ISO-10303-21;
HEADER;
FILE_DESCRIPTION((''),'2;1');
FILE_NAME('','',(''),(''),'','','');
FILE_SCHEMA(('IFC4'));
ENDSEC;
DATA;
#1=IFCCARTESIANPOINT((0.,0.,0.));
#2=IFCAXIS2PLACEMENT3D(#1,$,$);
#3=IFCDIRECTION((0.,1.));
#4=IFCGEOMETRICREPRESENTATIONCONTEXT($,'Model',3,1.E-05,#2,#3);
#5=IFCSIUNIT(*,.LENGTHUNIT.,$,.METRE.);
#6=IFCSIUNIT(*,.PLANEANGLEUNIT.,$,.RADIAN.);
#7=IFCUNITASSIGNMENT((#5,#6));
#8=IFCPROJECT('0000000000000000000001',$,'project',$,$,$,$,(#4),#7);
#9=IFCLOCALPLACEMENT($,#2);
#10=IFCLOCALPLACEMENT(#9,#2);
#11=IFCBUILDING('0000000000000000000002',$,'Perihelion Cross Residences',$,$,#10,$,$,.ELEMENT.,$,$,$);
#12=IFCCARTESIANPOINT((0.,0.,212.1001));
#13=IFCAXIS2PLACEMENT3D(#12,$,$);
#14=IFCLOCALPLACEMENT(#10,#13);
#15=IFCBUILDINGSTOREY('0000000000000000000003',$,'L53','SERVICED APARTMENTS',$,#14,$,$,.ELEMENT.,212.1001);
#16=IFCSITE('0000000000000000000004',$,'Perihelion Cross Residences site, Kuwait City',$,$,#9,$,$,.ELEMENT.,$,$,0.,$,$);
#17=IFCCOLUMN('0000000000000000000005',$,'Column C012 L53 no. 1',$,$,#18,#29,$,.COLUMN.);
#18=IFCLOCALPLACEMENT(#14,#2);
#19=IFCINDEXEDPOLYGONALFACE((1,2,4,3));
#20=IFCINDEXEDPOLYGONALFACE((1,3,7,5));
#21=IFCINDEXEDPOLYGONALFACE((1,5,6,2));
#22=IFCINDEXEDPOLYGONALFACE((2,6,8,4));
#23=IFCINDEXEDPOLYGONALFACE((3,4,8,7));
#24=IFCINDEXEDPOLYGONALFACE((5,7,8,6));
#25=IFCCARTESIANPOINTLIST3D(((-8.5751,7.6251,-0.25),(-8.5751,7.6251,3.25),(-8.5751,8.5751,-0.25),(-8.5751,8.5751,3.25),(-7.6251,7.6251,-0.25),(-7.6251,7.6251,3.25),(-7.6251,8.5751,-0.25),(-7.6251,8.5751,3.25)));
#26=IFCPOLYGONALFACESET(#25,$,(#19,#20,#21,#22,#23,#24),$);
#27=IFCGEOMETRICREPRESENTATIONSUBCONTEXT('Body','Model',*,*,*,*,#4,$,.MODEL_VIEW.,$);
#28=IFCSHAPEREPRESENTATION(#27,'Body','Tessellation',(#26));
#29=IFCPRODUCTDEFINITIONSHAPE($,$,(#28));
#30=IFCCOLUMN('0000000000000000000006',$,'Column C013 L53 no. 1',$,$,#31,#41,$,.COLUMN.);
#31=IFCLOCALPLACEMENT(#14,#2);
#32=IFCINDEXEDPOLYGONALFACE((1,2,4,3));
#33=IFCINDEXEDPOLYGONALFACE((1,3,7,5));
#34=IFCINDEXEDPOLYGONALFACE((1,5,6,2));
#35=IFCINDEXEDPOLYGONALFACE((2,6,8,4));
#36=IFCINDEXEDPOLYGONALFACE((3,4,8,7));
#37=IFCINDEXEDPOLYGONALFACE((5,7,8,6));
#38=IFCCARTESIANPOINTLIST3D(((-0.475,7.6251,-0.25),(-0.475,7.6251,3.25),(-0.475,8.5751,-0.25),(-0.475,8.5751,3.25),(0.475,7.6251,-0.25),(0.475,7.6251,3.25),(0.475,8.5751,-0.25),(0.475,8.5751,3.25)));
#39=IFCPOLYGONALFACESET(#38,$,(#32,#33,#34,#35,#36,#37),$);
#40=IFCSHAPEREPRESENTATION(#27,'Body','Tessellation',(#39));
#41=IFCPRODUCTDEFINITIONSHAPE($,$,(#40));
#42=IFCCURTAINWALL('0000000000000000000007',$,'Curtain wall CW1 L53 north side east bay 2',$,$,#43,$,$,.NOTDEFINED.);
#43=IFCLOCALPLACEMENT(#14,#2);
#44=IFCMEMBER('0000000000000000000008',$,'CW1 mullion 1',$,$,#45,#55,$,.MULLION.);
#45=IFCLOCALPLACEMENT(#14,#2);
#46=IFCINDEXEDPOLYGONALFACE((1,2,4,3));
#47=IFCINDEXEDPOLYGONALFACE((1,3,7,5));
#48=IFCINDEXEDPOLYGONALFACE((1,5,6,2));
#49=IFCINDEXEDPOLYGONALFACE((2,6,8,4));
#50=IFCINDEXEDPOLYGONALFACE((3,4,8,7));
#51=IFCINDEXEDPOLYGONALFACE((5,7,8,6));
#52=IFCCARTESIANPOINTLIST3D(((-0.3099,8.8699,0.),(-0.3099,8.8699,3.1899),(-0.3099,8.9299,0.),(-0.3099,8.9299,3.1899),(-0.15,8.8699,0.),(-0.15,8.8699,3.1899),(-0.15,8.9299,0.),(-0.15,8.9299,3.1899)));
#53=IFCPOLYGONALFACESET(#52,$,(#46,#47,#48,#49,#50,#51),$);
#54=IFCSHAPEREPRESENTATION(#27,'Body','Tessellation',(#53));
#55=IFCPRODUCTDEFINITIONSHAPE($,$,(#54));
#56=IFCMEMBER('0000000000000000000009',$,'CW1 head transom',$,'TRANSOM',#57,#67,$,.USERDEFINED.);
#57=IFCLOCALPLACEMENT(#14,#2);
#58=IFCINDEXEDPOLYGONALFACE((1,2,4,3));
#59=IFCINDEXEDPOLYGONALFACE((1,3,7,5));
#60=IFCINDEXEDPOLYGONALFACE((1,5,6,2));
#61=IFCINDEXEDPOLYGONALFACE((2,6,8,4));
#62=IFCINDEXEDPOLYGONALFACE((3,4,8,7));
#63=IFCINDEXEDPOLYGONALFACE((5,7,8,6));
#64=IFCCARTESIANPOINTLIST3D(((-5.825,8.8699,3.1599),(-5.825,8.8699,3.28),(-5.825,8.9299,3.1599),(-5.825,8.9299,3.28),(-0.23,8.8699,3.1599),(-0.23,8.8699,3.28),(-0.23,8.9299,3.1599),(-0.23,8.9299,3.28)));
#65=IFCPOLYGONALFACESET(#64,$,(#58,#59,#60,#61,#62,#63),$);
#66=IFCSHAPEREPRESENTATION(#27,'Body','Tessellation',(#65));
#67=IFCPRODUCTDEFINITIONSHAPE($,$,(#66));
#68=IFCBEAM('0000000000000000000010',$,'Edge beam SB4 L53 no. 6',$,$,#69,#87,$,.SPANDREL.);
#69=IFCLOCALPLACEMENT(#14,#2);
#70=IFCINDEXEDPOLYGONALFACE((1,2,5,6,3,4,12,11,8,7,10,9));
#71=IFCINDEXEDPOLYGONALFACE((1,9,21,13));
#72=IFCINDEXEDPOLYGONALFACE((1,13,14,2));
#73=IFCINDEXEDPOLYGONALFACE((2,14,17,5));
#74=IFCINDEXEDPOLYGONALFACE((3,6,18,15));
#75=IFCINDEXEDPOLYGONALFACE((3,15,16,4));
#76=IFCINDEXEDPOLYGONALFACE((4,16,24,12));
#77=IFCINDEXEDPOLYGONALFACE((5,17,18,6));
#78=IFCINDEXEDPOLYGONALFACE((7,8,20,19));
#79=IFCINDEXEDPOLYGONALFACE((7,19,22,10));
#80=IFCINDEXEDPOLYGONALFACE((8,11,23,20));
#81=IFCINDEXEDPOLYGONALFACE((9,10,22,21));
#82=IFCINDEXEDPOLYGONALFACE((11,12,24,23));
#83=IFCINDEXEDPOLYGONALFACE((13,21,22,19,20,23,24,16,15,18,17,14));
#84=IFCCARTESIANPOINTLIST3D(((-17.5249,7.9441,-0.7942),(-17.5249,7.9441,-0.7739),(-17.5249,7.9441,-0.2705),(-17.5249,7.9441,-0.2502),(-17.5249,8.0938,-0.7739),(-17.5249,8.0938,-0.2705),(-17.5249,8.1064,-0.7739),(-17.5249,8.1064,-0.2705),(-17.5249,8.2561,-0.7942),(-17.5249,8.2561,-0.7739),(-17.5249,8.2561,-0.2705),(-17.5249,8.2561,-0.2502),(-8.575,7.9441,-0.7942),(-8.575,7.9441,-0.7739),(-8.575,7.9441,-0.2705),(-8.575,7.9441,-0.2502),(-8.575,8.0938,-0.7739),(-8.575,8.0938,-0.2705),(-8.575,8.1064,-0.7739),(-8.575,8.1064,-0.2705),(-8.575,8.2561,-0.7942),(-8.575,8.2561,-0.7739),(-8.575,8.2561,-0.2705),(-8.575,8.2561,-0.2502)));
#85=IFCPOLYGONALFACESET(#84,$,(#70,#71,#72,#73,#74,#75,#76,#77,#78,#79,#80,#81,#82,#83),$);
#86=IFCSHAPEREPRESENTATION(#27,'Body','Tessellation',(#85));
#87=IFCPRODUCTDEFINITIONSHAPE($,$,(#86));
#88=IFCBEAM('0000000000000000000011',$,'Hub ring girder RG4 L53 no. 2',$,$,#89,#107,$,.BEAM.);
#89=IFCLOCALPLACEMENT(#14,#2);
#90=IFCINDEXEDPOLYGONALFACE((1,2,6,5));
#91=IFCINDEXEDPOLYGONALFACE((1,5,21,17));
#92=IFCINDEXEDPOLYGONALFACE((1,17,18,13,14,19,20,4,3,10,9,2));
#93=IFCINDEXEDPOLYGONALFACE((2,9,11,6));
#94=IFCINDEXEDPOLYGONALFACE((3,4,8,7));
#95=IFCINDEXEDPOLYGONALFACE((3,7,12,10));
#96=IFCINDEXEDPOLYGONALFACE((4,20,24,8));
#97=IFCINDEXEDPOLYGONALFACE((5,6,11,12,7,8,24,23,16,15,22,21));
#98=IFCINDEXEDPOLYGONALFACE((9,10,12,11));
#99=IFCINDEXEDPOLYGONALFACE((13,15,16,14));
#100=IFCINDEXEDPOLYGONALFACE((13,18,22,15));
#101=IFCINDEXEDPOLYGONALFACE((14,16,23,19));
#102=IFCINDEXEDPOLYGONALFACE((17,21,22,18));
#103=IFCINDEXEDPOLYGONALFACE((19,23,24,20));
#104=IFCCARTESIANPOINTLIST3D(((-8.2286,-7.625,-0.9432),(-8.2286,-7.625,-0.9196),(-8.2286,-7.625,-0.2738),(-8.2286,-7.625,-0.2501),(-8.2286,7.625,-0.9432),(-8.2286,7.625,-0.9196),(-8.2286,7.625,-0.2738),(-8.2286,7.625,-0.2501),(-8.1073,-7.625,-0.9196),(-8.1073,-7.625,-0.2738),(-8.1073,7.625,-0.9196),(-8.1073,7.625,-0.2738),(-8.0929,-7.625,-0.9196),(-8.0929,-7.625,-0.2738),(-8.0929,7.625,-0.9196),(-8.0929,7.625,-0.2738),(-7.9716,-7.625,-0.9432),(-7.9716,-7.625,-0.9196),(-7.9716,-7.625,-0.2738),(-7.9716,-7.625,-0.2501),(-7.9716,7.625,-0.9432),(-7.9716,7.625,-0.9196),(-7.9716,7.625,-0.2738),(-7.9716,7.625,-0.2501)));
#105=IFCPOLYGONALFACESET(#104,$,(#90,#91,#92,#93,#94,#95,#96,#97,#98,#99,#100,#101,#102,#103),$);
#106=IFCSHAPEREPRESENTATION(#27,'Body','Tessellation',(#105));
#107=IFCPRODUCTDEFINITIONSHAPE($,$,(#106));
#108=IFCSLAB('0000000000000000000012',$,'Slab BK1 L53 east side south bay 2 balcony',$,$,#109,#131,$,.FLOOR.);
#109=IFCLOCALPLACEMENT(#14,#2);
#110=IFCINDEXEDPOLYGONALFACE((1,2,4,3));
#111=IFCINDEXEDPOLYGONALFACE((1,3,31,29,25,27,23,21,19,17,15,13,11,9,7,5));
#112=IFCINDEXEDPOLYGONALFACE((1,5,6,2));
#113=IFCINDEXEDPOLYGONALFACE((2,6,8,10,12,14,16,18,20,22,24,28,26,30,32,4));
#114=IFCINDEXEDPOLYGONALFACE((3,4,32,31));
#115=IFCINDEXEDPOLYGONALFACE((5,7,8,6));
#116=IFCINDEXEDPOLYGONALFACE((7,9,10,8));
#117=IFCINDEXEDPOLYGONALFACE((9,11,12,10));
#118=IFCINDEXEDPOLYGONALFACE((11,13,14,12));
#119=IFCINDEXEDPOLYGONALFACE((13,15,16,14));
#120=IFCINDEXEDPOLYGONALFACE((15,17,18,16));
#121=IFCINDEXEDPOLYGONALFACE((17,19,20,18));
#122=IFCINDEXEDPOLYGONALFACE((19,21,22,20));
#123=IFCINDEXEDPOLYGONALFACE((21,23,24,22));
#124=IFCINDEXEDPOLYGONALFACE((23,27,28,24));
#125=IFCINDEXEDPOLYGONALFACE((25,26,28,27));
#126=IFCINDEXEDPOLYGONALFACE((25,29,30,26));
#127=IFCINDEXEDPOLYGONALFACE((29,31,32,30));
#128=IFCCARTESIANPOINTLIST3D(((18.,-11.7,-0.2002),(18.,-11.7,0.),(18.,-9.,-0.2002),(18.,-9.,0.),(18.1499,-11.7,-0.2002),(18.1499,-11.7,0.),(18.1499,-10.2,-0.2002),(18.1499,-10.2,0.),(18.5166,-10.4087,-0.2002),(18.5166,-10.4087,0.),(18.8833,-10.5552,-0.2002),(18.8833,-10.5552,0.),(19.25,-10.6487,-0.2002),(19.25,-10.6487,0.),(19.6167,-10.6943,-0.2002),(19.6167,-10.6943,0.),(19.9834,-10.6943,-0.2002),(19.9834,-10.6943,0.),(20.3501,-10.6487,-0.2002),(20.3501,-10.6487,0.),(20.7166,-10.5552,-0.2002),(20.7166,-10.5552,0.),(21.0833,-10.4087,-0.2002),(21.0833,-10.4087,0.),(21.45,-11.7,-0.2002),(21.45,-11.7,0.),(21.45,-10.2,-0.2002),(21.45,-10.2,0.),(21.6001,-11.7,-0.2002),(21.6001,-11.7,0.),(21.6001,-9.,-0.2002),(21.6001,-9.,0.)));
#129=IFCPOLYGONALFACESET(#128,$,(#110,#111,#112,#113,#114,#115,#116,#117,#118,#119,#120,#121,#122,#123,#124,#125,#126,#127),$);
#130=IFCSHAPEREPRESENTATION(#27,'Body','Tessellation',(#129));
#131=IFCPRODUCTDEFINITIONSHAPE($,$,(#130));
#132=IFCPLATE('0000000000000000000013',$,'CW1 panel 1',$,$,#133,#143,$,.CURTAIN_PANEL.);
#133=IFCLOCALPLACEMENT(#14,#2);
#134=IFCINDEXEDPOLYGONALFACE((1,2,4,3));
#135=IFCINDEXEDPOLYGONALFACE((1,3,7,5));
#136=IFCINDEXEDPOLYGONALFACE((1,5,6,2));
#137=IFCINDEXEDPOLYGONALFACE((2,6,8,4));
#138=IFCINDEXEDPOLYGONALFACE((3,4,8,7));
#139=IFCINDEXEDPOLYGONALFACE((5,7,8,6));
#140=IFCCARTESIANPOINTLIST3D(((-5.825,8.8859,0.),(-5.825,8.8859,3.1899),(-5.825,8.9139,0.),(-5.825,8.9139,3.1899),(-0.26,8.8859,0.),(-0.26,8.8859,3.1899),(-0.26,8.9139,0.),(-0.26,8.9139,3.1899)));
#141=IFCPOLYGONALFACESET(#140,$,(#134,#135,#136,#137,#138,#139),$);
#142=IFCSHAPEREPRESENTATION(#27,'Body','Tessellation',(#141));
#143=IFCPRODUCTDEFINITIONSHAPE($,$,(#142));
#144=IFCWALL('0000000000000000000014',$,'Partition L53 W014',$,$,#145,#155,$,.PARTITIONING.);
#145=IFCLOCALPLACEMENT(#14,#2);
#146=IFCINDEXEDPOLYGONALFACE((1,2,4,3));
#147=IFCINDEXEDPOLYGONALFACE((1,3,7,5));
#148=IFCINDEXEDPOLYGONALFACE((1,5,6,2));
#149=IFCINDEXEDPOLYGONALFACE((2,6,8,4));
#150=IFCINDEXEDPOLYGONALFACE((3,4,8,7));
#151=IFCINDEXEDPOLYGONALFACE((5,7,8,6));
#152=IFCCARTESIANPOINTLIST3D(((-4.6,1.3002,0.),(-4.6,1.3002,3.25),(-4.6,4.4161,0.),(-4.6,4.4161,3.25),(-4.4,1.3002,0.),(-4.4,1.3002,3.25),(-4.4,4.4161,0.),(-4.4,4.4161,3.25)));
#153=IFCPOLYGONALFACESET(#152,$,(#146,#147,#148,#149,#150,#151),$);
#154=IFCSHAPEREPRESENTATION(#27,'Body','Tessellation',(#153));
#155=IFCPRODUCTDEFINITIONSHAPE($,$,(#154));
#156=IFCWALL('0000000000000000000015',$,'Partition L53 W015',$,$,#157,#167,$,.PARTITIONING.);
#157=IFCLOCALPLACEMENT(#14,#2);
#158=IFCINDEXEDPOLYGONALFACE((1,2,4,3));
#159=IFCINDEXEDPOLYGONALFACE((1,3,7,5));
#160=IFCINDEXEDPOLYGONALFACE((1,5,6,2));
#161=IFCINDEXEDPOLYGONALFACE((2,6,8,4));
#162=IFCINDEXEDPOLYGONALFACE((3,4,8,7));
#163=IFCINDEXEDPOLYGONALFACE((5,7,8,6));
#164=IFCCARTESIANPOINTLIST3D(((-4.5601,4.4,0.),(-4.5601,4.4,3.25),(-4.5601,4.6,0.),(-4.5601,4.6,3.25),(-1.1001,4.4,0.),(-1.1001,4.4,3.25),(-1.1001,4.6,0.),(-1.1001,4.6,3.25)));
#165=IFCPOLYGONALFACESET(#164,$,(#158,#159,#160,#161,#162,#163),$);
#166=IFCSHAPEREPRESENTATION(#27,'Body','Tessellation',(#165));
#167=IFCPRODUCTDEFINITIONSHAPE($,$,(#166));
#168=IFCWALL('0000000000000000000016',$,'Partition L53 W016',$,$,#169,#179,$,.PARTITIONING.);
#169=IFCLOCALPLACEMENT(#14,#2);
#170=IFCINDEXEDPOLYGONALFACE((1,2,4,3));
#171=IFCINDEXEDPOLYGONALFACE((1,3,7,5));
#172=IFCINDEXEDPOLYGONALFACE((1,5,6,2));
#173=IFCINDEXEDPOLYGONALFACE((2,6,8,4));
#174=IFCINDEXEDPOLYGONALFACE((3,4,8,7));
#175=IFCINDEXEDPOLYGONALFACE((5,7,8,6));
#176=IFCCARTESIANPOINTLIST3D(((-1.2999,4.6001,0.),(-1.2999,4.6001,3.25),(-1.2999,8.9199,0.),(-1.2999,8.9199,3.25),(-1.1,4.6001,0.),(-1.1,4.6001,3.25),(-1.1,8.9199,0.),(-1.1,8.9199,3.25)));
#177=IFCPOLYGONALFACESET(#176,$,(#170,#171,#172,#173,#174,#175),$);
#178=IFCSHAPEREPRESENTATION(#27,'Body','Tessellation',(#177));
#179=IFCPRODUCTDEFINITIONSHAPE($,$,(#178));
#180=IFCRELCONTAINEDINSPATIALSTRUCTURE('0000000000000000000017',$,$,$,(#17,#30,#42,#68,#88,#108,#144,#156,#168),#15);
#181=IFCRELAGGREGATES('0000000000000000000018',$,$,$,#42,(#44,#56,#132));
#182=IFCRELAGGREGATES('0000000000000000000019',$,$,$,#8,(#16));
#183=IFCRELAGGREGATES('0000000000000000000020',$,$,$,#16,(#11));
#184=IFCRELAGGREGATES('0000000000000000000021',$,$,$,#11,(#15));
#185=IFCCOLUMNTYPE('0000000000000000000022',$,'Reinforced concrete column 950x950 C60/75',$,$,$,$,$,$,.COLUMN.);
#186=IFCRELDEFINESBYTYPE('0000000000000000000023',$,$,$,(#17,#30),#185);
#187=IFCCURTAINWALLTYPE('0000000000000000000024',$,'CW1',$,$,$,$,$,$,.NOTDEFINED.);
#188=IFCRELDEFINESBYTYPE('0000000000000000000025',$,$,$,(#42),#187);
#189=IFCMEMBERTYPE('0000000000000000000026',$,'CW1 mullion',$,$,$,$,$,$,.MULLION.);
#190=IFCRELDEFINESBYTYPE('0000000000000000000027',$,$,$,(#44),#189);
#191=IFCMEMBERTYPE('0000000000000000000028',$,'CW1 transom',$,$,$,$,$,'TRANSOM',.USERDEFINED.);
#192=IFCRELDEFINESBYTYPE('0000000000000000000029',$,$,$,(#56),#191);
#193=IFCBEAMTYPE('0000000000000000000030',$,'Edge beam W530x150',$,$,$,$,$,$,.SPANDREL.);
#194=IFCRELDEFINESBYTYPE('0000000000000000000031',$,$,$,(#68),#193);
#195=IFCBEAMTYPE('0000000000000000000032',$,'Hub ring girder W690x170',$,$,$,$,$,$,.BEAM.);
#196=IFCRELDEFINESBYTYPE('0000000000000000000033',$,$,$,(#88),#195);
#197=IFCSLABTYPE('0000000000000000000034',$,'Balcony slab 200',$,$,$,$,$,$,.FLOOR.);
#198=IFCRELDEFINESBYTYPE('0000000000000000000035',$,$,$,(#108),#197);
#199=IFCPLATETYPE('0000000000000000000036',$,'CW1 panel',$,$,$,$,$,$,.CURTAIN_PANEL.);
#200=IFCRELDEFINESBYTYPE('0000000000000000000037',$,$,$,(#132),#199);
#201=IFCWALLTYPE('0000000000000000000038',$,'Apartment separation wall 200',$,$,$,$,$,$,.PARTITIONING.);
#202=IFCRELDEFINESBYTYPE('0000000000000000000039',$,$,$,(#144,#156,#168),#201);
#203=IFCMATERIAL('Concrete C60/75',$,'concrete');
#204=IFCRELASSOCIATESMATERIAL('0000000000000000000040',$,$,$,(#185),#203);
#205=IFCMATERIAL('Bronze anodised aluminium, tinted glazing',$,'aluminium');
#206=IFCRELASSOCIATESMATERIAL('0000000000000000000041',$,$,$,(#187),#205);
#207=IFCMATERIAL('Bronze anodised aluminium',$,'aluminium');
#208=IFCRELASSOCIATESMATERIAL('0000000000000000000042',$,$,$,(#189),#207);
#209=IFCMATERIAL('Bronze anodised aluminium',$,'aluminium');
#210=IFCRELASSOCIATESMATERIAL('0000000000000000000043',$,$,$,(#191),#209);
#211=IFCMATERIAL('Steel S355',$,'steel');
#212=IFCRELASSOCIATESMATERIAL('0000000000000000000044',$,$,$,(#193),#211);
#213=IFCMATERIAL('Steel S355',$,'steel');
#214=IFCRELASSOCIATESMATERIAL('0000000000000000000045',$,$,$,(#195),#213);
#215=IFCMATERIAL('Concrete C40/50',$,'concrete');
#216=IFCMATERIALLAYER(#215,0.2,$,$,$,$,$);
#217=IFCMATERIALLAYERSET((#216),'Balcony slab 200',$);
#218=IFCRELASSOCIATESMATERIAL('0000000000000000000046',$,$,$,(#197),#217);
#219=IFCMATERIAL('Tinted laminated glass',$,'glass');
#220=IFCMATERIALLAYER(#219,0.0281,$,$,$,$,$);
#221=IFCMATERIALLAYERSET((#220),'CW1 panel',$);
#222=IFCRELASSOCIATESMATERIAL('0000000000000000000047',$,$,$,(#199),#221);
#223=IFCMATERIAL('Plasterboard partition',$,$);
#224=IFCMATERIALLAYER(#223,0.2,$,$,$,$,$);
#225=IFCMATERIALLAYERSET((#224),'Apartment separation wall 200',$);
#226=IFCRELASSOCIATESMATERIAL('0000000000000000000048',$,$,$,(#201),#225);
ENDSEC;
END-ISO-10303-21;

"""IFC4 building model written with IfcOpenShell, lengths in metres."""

from ifc_helpers import new_model, si_unit, direction, frame, frame_2d, origin, origin_2d, place, context, subcontext, project, spatial, polyline, rectangle, i_section, outline, extrude, material, layer, layer_set, material_profile, profile_set, type_object, element, aggregate, save


model = new_model("IFC4")

# Units and contexts
model_context = context("Model", 3, precision=1e-05, world=origin(), true_north=direction((0.0, 1.0)))
body_context = subcontext(model_context, "Body", "Model", "MODEL_VIEW")
ifc_project = project(units=[si_unit("LENGTHUNIT", "METRE"), si_unit("PLANEANGLEUNIT", "RADIAN")], contexts=[model_context])

# Site, building, storey
site_placement = place(None, origin())
site = spatial("IfcSite", under=ifc_project, at=site_placement, Name="Perihelion Cross Residences site, Kuwait City", CompositionType="ELEMENT", RefElevation=0.0)
building_placement = place(site_placement, origin())
building = spatial("IfcBuilding", under=site, at=building_placement, Name="Perihelion Cross Residences", CompositionType="ELEMENT")
storey_placement = place(building_placement, frame((0.0, 0.0, 212.1001)))
storey = spatial("IfcBuildingStorey", under=building, at=storey_placement, Name="L53", Description="SERVICED APARTMENTS", CompositionType="ELEMENT", Elevation=212.1001)

# Columns
ifc_material_1 = material(Name="Concrete C60/75", Category="concrete")
ifc_material_profile_1 = material_profile(ifc_material_1, rectangle(XDim=0.95, YDim=0.95, at=origin_2d()), Name="RC 950x950")
ifc_profile_set_1 = profile_set([ifc_material_profile_1], Name="Concrete C60/75")
column_type = type_object("IfcColumnType", Name="Reinforced concrete column 950x950 C60/75", PredefinedType="COLUMN", material=ifc_profile_set_1)
for number, where, z_axis, x_axis, name in (
    (1, (-8.1001, 8.1001, -0.25), (0.0, 0.0, 1.0), (1.0, 0.0, 0.0), "Column C012 L53 no. 1"),
    (2, (0.0, 8.1001, -0.25), (0.0, 0.0, 1.0), (1.0, 0.0, 0.0), "Column C013 L53 no. 1"),
):
    element("IfcColumn", number, at=place(storey_placement, frame(where, z_axis=z_axis, x_axis=x_axis)), inside=storey, type_object=column_type, Name=name, PredefinedType="COLUMN", context=body_context, shape_type="SweptSolid", body=[
        extrude(rectangle(XDim=0.95, YDim=0.95, at=origin_2d()), origin(), (0.0, 0.0, 1.0), 3.5),
    ])

# Curtain wall, members
ifc_material_2 = material(Name="Bronze anodised aluminium, tinted glazing", Category="aluminium")
curtain_wall_type = type_object("IfcCurtainWallType", Name="CW1", PredefinedType="NOTDEFINED", material=ifc_material_2)
curtain_wall_placement = place(storey_placement, origin())
curtain_wall = element("IfcCurtainWall", 3, at=curtain_wall_placement, inside=storey, type_object=curtain_wall_type, Name="Curtain wall CW1 L53 north side east bay 2", PredefinedType="NOTDEFINED")
ifc_material_3 = material(Name="Bronze anodised aluminium", Category="aluminium")
ifc_material_profile_2 = material_profile(ifc_material_3, rectangle(XDim=0.0601, YDim=0.1599, at=origin_2d()), Name="CW1 mullion")
ifc_profile_set_2 = profile_set([ifc_material_profile_2], Name="Bronze anodised aluminium")
member_type_1 = type_object("IfcMemberType", Name="CW1 mullion", PredefinedType="MULLION", material=ifc_profile_set_2)
member_1_placement = place(storey_placement, frame((-0.23, 8.8999, 0.0), z_axis=(0.0, 0.0, 1.0), x_axis=(0.0, -1.0, 0.0)))
member_1 = element("IfcMember", 4, at=member_1_placement, type_object=member_type_1, Name="CW1 mullion 1", PredefinedType="MULLION", context=body_context, shape_type="SweptSolid", body=[
    extrude(rectangle(XDim=0.0601, YDim=0.1599, at=origin_2d()), origin(), (0.0, 0.0, 1.0), 3.1899),
])
ifc_material_4 = material(Name="Bronze anodised aluminium", Category="aluminium")
ifc_material_profile_3 = material_profile(ifc_material_4, rectangle(XDim=0.0601, YDim=0.1201, at=origin_2d()), Name="CW1 transom")
ifc_profile_set_3 = profile_set([ifc_material_profile_3], Name="Bronze anodised aluminium")
member_type_2 = type_object("IfcMemberType", Name="CW1 transom", ElementType="TRANSOM", PredefinedType="USERDEFINED", material=ifc_profile_set_3)
member_2_placement = place(storey_placement, frame((-0.23, 8.8999, 3.22), z_axis=(-1.0, 0.0, 0.0), x_axis=(0.0, -1.0, 0.0)))
member_2 = element("IfcMember", 5, at=member_2_placement, type_object=member_type_2, Name="CW1 head transom", ObjectType="TRANSOM", PredefinedType="USERDEFINED", context=body_context, shape_type="SweptSolid", body=[
    extrude(rectangle(XDim=0.0601, YDim=0.1201, at=origin_2d()), origin(), (0.0, 0.0, 1.0), 5.595),
])

# Beams
ifc_material_5 = material(Name="Steel S355", Category="steel")
ifc_material_profile_4 = material_profile(ifc_material_5, i_section(OverallWidth=0.312, OverallDepth=0.5439, WebThickness=0.0127, FlangeThickness=0.0203, at=origin_2d()), Name="W530x150")
ifc_profile_set_4 = profile_set([ifc_material_profile_4], Name="Steel S355")
beam_type_1 = type_object("IfcBeamType", Name="Edge beam W530x150", PredefinedType="SPANDREL", material=ifc_profile_set_4)
beam_1_placement = place(storey_placement, frame((-8.575, 8.1001, -0.5222), z_axis=(-1.0, 0.0, 0.0), x_axis=(0.0, -1.0, 0.0)))
element("IfcBeam", 6, at=beam_1_placement, inside=storey, type_object=beam_type_1, Name="Edge beam SB4 L53 no. 6", PredefinedType="SPANDREL", context=body_context, shape_type="SweptSolid", body=[
    extrude(i_section(OverallWidth=0.312, OverallDepth=0.5439, WebThickness=0.0127, FlangeThickness=0.0203, at=origin_2d()), origin(), (0.0, 0.0, 1.0), 8.95),
])
ifc_material_6 = material(Name="Steel S355", Category="steel")
ifc_material_profile_5 = material_profile(ifc_material_6, i_section(OverallWidth=0.2571, OverallDepth=0.6931, WebThickness=0.0144, FlangeThickness=0.0237, at=origin_2d()), Name="W690x170")
ifc_profile_set_5 = profile_set([ifc_material_profile_5], Name="Steel S355")
beam_type_2 = type_object("IfcBeamType", Name="Hub ring girder W690x170", PredefinedType="BEAM", material=ifc_profile_set_5)
beam_2_placement = place(storey_placement, frame((-8.1001, 7.625, -0.5967), z_axis=(0.0, -1.0, 0.0), x_axis=(1.0, 0.0, 0.0)))
element("IfcBeam", 7, at=beam_2_placement, inside=storey, type_object=beam_type_2, Name="Hub ring girder RG4 L53 no. 2", PredefinedType="BEAM", context=body_context, shape_type="SweptSolid", body=[
    extrude(i_section(OverallWidth=0.2571, OverallDepth=0.6931, WebThickness=0.0144, FlangeThickness=0.0237, at=origin_2d()), origin(), (0.0, 0.0, 1.0), 15.25),
])

# Slab
ifc_material_7 = material(Name="Concrete C40/50", Category="concrete")
ifc_layer_1 = layer(ifc_material_7, 0.2)
ifc_layer_set_1 = layer_set([ifc_layer_1], Name="Balcony slab 200")
slab_type = type_object("IfcSlabType", Name="Balcony slab 200", PredefinedType="FLOOR", material=ifc_layer_set_1)
slab_placement = place(storey_placement, frame((0.0, 0.0, -0.2002)))
element("IfcSlab", 8, at=slab_placement, inside=storey, type_object=slab_type, Name="Slab BK1 L53 east side south bay 2 balcony", PredefinedType="FLOOR", context=body_context, shape_type="SweptSolid", body=[
    extrude(outline(polyline([(18.0, -9.0), (21.6001, -9.0), (21.6001, -11.7), (21.45, -11.7), (21.45, -10.2), (21.0833, -10.4087), (20.7166, -10.5552), (20.3501, -10.6487), (19.9834, -10.6943), (19.6167, -10.6943), (19.25, -10.6487), (18.8833, -10.5552), (18.5166, -10.4087), (18.1499, -10.2), (18.1499, -11.7), (18.0, -11.7), (18.0, -9.0)])), origin(), (0.0, 0.0, 1.0), 0.2002),
])

# Plate
ifc_material_8 = material(Name="Tinted laminated glass", Category="glass")
ifc_layer_2 = layer(ifc_material_8, 0.0281)
ifc_layer_set_2 = layer_set([ifc_layer_2], Name="CW1 panel")
plate_type = type_object("IfcPlateType", Name="CW1 panel", PredefinedType="CURTAIN_PANEL", material=ifc_layer_set_2)
plate_placement = place(storey_placement, frame((-3.0425, 8.8999, 0.0), z_axis=(0.0, 0.0, 1.0), x_axis=(-1.0, 0.0, 0.0)))
plate = element("IfcPlate", 9, at=plate_placement, type_object=plate_type, Name="CW1 panel 1", PredefinedType="CURTAIN_PANEL", context=body_context, shape_type="SweptSolid", body=[
    extrude(rectangle(XDim=5.5649, YDim=0.0281, at=origin_2d()), origin(), (0.0, 0.0, 1.0), 3.1899),
])
aggregate(curtain_wall, [member_1, member_2, plate])

# Walls
ifc_material_9 = material(Name="Plasterboard partition")
ifc_layer_3 = layer(ifc_material_9, 0.2)
ifc_layer_set_3 = layer_set([ifc_layer_3], Name="Apartment separation wall 200")
wall_type_1 = type_object("IfcWallType", Name="Apartment separation wall 200", PredefinedType="PARTITIONING", material=ifc_layer_set_3)
wall_1_placement = place(storey_placement, frame((-4.5, 1.3, 0.0), z_axis=(0.0, 0.0, 1.0), x_axis=(0.0, 1.0, 0.0)))
element("IfcWall", 10, at=wall_1_placement, inside=storey, type_object=wall_type_1, Name="Partition L53 W014", PredefinedType="PARTITIONING", context=body_context, shape_type="SweptSolid", body=[
    extrude(rectangle(XDim=3.116, YDim=0.2, at=frame_2d((1.5581, 0.0))), origin(), (0.0, 0.0, 1.0), 3.25),
])
wall_2_placement = place(storey_placement, frame((-4.5601, 4.5, 0.0), z_axis=(0.0, 0.0, 1.0), x_axis=(1.0, 0.0, 0.0)))
element("IfcWall", 11, at=wall_2_placement, inside=storey, type_object=wall_type_1, Name="Partition L53 W015", PredefinedType="PARTITIONING", context=body_context, shape_type="SweptSolid", body=[
    extrude(rectangle(XDim=3.46, YDim=0.2, at=frame_2d((1.73, 0.0))), origin(), (0.0, 0.0, 1.0), 3.25),
])
wall_3_placement = place(storey_placement, frame((-1.2, 4.6001, 0.0), z_axis=(0.0, 0.0, 1.0), x_axis=(0.0, 1.0, 0.0)))
element("IfcWall", 12, at=wall_3_placement, inside=storey, type_object=wall_type_1, Name="Partition L53 W016", PredefinedType="PARTITIONING", context=body_context, shape_type="SweptSolid", body=[
    extrude(rectangle(XDim=4.3198, YDim=0.2, at=frame_2d((2.1599, 0.0))), origin(), (0.0, 0.0, 1.0), 3.25),
])

save(model, "model.ifc")
